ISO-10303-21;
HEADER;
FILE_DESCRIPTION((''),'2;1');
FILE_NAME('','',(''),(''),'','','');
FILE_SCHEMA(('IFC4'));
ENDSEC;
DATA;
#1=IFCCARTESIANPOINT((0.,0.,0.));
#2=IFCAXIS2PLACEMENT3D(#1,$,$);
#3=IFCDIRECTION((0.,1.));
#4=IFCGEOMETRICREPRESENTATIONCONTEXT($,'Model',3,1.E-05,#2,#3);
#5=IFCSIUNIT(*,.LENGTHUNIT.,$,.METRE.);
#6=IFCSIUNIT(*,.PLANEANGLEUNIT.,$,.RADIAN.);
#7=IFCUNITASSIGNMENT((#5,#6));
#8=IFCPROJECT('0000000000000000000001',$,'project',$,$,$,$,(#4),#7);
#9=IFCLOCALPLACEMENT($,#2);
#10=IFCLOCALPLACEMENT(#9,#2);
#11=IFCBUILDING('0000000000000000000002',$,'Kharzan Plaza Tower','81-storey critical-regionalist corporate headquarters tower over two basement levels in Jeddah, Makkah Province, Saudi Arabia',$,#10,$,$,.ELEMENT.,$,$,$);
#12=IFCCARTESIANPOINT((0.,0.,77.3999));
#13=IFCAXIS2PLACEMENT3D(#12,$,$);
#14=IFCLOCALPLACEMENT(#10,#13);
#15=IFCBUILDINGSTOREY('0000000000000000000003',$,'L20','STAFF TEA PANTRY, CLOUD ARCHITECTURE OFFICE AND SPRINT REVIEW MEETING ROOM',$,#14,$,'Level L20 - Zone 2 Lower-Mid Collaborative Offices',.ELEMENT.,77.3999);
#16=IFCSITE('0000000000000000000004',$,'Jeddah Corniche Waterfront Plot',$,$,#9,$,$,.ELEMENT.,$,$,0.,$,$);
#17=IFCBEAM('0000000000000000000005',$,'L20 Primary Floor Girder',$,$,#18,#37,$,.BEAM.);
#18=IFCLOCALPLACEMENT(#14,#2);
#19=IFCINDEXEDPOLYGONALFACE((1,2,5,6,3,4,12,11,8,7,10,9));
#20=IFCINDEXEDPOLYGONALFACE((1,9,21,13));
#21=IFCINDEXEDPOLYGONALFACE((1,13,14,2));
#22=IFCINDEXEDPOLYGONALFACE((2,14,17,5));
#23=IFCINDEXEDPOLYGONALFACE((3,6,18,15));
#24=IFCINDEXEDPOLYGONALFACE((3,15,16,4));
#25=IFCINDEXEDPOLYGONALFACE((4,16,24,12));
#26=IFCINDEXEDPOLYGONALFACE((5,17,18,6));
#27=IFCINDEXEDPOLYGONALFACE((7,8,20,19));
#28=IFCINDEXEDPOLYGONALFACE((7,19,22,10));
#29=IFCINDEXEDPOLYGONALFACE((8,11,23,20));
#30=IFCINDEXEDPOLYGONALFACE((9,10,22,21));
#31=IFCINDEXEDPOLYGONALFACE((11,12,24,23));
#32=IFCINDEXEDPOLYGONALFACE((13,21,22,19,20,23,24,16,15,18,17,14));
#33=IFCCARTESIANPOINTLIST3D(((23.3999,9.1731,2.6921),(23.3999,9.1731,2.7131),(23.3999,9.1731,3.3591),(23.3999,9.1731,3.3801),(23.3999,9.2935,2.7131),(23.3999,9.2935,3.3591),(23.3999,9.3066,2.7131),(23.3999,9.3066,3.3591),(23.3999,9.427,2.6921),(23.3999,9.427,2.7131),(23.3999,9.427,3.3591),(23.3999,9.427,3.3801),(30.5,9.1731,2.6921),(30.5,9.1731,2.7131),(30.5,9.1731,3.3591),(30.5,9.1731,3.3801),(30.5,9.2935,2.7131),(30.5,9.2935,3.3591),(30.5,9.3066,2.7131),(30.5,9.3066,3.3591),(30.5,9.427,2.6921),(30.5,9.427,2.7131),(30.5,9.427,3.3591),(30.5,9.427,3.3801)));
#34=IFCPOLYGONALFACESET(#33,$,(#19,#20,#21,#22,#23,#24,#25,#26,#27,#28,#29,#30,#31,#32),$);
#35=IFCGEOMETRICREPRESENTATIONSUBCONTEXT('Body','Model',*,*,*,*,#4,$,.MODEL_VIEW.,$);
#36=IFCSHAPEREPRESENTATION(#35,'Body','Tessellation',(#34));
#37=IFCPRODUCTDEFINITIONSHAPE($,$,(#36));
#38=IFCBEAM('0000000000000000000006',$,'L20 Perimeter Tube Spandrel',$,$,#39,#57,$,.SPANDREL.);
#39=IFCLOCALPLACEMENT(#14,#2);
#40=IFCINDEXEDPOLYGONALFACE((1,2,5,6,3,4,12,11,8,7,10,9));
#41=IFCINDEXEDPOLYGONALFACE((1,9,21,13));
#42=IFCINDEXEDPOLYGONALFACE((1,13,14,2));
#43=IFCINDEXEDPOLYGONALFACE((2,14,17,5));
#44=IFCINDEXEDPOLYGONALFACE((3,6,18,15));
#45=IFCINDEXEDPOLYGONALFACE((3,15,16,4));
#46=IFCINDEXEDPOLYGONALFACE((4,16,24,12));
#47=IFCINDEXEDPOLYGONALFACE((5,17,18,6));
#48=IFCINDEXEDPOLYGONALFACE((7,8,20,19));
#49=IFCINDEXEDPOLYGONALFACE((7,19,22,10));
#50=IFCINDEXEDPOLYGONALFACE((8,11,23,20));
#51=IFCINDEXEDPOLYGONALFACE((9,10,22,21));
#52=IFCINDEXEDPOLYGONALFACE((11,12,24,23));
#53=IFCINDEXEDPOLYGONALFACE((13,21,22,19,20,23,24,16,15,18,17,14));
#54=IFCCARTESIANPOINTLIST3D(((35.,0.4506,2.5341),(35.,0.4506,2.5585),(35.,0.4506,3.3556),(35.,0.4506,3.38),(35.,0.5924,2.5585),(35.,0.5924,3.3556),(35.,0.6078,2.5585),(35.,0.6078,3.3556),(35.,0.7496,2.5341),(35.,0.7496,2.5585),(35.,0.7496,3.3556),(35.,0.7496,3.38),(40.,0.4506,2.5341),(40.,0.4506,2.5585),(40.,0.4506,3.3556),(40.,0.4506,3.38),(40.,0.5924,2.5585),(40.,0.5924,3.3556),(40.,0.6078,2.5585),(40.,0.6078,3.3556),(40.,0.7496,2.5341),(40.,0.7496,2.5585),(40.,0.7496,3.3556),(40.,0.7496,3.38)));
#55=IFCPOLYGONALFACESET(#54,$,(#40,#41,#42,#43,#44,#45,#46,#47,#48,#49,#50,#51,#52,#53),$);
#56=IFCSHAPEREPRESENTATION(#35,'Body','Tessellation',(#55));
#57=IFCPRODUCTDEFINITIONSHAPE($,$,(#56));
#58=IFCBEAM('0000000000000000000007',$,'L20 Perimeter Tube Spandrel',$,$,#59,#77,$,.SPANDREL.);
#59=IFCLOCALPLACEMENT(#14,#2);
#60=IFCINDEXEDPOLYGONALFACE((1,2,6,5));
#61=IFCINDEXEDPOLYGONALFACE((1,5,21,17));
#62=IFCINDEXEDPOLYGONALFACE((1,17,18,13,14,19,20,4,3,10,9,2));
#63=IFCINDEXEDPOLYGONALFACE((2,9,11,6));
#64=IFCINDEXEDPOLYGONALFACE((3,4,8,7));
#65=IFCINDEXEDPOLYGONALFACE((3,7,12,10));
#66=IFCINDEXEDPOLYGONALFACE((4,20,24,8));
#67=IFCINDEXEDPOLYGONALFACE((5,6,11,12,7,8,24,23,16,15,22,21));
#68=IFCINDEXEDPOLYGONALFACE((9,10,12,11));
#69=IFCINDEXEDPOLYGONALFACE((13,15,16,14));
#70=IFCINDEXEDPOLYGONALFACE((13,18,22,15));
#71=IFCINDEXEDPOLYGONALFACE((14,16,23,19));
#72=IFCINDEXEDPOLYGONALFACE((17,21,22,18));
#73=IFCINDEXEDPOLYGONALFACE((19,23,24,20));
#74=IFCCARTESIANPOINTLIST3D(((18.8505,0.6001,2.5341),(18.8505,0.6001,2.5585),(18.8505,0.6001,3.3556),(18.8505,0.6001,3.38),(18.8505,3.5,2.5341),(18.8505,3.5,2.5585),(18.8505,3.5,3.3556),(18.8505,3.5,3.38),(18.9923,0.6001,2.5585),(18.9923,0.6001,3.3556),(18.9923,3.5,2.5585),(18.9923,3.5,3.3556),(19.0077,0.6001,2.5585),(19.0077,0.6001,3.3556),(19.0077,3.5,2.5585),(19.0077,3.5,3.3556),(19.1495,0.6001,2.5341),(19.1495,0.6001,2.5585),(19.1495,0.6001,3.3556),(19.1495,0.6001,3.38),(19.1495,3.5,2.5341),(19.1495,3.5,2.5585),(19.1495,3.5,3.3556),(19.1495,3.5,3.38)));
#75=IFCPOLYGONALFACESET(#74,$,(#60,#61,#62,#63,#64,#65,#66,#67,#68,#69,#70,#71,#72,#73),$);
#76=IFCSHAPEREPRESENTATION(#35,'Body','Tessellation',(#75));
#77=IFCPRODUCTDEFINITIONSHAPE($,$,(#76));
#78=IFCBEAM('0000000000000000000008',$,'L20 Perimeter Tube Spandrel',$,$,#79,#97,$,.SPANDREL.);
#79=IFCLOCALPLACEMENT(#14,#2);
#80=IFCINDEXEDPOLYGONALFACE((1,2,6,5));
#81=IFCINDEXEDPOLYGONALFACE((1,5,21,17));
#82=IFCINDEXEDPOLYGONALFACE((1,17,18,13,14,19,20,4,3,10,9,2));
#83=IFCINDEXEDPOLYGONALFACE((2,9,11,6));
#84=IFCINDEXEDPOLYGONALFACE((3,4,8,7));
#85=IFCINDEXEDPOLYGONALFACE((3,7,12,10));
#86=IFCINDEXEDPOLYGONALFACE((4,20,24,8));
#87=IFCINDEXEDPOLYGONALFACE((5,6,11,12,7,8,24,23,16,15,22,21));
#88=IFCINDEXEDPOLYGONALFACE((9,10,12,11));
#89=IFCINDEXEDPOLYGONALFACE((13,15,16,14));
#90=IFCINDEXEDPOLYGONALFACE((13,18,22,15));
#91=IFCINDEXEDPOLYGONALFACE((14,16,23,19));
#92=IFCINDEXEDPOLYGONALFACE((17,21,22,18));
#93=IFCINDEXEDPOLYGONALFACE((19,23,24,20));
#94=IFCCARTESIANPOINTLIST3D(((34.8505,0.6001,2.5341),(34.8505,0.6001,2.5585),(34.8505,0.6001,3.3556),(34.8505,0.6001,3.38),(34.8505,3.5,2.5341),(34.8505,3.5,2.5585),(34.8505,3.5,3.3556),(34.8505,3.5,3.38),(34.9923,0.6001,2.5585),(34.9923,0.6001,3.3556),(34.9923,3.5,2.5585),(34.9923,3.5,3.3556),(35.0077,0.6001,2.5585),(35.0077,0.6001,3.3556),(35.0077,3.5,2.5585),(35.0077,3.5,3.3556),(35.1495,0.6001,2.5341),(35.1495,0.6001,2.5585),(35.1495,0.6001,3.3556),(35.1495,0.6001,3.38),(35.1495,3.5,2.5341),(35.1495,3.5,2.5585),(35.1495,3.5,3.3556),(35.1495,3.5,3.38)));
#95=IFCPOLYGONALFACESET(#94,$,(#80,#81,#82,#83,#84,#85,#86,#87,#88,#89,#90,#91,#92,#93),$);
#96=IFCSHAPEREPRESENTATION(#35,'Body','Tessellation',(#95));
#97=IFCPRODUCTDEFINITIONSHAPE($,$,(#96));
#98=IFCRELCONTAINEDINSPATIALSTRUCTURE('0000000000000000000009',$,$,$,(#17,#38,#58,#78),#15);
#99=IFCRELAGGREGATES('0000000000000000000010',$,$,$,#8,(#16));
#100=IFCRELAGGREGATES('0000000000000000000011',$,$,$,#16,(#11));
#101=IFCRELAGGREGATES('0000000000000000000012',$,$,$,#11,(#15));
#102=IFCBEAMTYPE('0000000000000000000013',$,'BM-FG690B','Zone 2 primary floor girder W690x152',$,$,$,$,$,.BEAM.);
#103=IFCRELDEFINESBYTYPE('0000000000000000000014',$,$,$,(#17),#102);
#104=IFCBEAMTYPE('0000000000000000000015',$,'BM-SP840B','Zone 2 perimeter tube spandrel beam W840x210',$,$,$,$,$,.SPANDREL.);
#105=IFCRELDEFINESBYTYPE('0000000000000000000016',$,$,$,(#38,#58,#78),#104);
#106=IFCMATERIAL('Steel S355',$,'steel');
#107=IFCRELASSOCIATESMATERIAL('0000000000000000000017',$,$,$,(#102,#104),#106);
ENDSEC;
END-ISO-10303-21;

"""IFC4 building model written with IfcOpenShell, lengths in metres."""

from ifc_helpers import new_model, si_unit, direction, frame, origin, origin_2d, place, context, subcontext, project, spatial, i_section, extrude, source, transform, mapped, material, material_profile, profile_set, type_object, element, save


model = new_model("IFC4")

# Units and contexts
model_context = context("Model", 3, precision=1e-05, world=origin(), true_north=direction((0.0, 1.0)))
body_context = subcontext(model_context, "Body", "Model", "MODEL_VIEW")
ifc_project = project(units=[si_unit("LENGTHUNIT", "METRE"), si_unit("PLANEANGLEUNIT", "RADIAN")], contexts=[model_context])

# Site, building, storey
site_placement = place(None, origin())
site = spatial("IfcSite", under=ifc_project, at=site_placement, Name="Jeddah Corniche Waterfront Plot", CompositionType="ELEMENT", RefElevation=0.0)
building_placement = place(site_placement, origin())
building = spatial("IfcBuilding", under=site, at=building_placement, Name="Kharzan Plaza Tower", Description="81-storey critical-regionalist corporate headquarters tower over two basement levels in Jeddah, Makkah Province, Saudi Arabia", CompositionType="ELEMENT")
storey_placement = place(building_placement, frame((0.0, 0.0, 77.3999)))
storey = spatial("IfcBuildingStorey", under=building, at=storey_placement, Name="L20", Description="STAFF TEA PANTRY, CLOUD ARCHITECTURE OFFICE AND SPRINT REVIEW MEETING ROOM", LongName="Level L20 - Zone 2 Lower-Mid Collaborative Offices", CompositionType="ELEMENT", Elevation=77.3999)

# Beams
ifc_material_1 = material(Name="Steel S355", Category="steel")
ifc_material_profile_1 = material_profile(ifc_material_1, i_section(OverallWidth=0.2539, OverallDepth=0.688, WebThickness=0.0132, FlangeThickness=0.021, at=origin_2d()), Name="W690x152")
ifc_profile_set_1 = profile_set([ifc_material_profile_1], Name="Steel S355")
beam_type_1 = type_object("IfcBeamType", Name="BM-FG690B", Description="Zone 2 primary floor girder W690x152", PredefinedType="BEAM", material=ifc_profile_set_1)
shared_shape_1 = source(origin(), body_context, "Body", "SweptSolid", [
    extrude(i_section(OverallWidth=0.2539, OverallDepth=0.688, WebThickness=0.0132, FlangeThickness=0.021, at=origin_2d()), origin(), (0.0, 0.0, 1.0), 7.1001),
])
beam_1_placement = place(storey_placement, frame((23.3999, 9.3, 3.0361), z_axis=(1.0, 0.0, 0.0), x_axis=(0.0, 1.0, 0.0)))
element("IfcBeam", 1, at=beam_1_placement, inside=storey, type_object=beam_type_1, Name="L20 Primary Floor Girder", PredefinedType="BEAM", context=body_context, shape_type="MappedRepresentation", body=[
    mapped(shared_shape_1, transform((0.0, 0.0, 0.0), x_axis=(1.0, 0.0, 0.0), y_axis=(0.0, 1.0, 0.0), z_axis=(0.0, 0.0, 1.0))),
])
ifc_material_profile_2 = material_profile(ifc_material_1, i_section(OverallWidth=0.2991, OverallDepth=0.8459, WebThickness=0.0154, FlangeThickness=0.0244, at=origin_2d()), Name="W840x210")
ifc_profile_set_2 = profile_set([ifc_material_profile_2], Name="Steel S355")
beam_type_2 = type_object("IfcBeamType", Name="BM-SP840B", Description="Zone 2 perimeter tube spandrel beam W840x210", PredefinedType="SPANDREL", material=ifc_profile_set_2)
shared_shape_2 = source(origin(), body_context, "Body", "SweptSolid", [
    extrude(i_section(OverallWidth=0.2991, OverallDepth=0.8459, WebThickness=0.0154, FlangeThickness=0.0244, at=origin_2d()), origin(), (0.0, 0.0, 1.0), 5.0),
])
beam_2_placement = place(storey_placement, frame((35.0, 0.6001, 2.957), z_axis=(1.0, 0.0, 0.0), x_axis=(0.0, 1.0, 0.0)))
element("IfcBeam", 2, at=beam_2_placement, inside=storey, type_object=beam_type_2, Name="L20 Perimeter Tube Spandrel", PredefinedType="SPANDREL", context=body_context, shape_type="MappedRepresentation", body=[
    mapped(shared_shape_2, transform((0.0, 0.0, 0.0), x_axis=(1.0, 0.0, 0.0), y_axis=(0.0, 1.0, 0.0), z_axis=(0.0, 0.0, 1.0))),
])
shared_shape_3 = source(origin(), body_context, "Body", "SweptSolid", [
    extrude(i_section(OverallWidth=0.2991, OverallDepth=0.8459, WebThickness=0.0154, FlangeThickness=0.0244, at=origin_2d()), origin(), (0.0, 0.0, 1.0), 2.8999),
])
for number, where, z_axis, x_axis, name in (
    (3, (19.0, 0.6001, 2.957), (0.0, 1.0, 0.0), (-1.0, 0.0, 0.0), "L20 Perimeter Tube Spandrel"),
    (4, (35.0, 0.6001, 2.957), (0.0, 1.0, 0.0), (-1.0, 0.0, 0.0), "L20 Perimeter Tube Spandrel"),
):
    element("IfcBeam", number, at=place(storey_placement, frame(where, z_axis=z_axis, x_axis=x_axis)), inside=storey, type_object=beam_type_2, Name=name, PredefinedType="SPANDREL", context=body_context, shape_type="MappedRepresentation", body=[
        mapped(shared_shape_3, transform((0.0, 0.0, 0.0), x_axis=(1.0, 0.0, 0.0), y_axis=(0.0, 1.0, 0.0), z_axis=(0.0, 0.0, 1.0))),
    ])

save(model, "model.ifc")
